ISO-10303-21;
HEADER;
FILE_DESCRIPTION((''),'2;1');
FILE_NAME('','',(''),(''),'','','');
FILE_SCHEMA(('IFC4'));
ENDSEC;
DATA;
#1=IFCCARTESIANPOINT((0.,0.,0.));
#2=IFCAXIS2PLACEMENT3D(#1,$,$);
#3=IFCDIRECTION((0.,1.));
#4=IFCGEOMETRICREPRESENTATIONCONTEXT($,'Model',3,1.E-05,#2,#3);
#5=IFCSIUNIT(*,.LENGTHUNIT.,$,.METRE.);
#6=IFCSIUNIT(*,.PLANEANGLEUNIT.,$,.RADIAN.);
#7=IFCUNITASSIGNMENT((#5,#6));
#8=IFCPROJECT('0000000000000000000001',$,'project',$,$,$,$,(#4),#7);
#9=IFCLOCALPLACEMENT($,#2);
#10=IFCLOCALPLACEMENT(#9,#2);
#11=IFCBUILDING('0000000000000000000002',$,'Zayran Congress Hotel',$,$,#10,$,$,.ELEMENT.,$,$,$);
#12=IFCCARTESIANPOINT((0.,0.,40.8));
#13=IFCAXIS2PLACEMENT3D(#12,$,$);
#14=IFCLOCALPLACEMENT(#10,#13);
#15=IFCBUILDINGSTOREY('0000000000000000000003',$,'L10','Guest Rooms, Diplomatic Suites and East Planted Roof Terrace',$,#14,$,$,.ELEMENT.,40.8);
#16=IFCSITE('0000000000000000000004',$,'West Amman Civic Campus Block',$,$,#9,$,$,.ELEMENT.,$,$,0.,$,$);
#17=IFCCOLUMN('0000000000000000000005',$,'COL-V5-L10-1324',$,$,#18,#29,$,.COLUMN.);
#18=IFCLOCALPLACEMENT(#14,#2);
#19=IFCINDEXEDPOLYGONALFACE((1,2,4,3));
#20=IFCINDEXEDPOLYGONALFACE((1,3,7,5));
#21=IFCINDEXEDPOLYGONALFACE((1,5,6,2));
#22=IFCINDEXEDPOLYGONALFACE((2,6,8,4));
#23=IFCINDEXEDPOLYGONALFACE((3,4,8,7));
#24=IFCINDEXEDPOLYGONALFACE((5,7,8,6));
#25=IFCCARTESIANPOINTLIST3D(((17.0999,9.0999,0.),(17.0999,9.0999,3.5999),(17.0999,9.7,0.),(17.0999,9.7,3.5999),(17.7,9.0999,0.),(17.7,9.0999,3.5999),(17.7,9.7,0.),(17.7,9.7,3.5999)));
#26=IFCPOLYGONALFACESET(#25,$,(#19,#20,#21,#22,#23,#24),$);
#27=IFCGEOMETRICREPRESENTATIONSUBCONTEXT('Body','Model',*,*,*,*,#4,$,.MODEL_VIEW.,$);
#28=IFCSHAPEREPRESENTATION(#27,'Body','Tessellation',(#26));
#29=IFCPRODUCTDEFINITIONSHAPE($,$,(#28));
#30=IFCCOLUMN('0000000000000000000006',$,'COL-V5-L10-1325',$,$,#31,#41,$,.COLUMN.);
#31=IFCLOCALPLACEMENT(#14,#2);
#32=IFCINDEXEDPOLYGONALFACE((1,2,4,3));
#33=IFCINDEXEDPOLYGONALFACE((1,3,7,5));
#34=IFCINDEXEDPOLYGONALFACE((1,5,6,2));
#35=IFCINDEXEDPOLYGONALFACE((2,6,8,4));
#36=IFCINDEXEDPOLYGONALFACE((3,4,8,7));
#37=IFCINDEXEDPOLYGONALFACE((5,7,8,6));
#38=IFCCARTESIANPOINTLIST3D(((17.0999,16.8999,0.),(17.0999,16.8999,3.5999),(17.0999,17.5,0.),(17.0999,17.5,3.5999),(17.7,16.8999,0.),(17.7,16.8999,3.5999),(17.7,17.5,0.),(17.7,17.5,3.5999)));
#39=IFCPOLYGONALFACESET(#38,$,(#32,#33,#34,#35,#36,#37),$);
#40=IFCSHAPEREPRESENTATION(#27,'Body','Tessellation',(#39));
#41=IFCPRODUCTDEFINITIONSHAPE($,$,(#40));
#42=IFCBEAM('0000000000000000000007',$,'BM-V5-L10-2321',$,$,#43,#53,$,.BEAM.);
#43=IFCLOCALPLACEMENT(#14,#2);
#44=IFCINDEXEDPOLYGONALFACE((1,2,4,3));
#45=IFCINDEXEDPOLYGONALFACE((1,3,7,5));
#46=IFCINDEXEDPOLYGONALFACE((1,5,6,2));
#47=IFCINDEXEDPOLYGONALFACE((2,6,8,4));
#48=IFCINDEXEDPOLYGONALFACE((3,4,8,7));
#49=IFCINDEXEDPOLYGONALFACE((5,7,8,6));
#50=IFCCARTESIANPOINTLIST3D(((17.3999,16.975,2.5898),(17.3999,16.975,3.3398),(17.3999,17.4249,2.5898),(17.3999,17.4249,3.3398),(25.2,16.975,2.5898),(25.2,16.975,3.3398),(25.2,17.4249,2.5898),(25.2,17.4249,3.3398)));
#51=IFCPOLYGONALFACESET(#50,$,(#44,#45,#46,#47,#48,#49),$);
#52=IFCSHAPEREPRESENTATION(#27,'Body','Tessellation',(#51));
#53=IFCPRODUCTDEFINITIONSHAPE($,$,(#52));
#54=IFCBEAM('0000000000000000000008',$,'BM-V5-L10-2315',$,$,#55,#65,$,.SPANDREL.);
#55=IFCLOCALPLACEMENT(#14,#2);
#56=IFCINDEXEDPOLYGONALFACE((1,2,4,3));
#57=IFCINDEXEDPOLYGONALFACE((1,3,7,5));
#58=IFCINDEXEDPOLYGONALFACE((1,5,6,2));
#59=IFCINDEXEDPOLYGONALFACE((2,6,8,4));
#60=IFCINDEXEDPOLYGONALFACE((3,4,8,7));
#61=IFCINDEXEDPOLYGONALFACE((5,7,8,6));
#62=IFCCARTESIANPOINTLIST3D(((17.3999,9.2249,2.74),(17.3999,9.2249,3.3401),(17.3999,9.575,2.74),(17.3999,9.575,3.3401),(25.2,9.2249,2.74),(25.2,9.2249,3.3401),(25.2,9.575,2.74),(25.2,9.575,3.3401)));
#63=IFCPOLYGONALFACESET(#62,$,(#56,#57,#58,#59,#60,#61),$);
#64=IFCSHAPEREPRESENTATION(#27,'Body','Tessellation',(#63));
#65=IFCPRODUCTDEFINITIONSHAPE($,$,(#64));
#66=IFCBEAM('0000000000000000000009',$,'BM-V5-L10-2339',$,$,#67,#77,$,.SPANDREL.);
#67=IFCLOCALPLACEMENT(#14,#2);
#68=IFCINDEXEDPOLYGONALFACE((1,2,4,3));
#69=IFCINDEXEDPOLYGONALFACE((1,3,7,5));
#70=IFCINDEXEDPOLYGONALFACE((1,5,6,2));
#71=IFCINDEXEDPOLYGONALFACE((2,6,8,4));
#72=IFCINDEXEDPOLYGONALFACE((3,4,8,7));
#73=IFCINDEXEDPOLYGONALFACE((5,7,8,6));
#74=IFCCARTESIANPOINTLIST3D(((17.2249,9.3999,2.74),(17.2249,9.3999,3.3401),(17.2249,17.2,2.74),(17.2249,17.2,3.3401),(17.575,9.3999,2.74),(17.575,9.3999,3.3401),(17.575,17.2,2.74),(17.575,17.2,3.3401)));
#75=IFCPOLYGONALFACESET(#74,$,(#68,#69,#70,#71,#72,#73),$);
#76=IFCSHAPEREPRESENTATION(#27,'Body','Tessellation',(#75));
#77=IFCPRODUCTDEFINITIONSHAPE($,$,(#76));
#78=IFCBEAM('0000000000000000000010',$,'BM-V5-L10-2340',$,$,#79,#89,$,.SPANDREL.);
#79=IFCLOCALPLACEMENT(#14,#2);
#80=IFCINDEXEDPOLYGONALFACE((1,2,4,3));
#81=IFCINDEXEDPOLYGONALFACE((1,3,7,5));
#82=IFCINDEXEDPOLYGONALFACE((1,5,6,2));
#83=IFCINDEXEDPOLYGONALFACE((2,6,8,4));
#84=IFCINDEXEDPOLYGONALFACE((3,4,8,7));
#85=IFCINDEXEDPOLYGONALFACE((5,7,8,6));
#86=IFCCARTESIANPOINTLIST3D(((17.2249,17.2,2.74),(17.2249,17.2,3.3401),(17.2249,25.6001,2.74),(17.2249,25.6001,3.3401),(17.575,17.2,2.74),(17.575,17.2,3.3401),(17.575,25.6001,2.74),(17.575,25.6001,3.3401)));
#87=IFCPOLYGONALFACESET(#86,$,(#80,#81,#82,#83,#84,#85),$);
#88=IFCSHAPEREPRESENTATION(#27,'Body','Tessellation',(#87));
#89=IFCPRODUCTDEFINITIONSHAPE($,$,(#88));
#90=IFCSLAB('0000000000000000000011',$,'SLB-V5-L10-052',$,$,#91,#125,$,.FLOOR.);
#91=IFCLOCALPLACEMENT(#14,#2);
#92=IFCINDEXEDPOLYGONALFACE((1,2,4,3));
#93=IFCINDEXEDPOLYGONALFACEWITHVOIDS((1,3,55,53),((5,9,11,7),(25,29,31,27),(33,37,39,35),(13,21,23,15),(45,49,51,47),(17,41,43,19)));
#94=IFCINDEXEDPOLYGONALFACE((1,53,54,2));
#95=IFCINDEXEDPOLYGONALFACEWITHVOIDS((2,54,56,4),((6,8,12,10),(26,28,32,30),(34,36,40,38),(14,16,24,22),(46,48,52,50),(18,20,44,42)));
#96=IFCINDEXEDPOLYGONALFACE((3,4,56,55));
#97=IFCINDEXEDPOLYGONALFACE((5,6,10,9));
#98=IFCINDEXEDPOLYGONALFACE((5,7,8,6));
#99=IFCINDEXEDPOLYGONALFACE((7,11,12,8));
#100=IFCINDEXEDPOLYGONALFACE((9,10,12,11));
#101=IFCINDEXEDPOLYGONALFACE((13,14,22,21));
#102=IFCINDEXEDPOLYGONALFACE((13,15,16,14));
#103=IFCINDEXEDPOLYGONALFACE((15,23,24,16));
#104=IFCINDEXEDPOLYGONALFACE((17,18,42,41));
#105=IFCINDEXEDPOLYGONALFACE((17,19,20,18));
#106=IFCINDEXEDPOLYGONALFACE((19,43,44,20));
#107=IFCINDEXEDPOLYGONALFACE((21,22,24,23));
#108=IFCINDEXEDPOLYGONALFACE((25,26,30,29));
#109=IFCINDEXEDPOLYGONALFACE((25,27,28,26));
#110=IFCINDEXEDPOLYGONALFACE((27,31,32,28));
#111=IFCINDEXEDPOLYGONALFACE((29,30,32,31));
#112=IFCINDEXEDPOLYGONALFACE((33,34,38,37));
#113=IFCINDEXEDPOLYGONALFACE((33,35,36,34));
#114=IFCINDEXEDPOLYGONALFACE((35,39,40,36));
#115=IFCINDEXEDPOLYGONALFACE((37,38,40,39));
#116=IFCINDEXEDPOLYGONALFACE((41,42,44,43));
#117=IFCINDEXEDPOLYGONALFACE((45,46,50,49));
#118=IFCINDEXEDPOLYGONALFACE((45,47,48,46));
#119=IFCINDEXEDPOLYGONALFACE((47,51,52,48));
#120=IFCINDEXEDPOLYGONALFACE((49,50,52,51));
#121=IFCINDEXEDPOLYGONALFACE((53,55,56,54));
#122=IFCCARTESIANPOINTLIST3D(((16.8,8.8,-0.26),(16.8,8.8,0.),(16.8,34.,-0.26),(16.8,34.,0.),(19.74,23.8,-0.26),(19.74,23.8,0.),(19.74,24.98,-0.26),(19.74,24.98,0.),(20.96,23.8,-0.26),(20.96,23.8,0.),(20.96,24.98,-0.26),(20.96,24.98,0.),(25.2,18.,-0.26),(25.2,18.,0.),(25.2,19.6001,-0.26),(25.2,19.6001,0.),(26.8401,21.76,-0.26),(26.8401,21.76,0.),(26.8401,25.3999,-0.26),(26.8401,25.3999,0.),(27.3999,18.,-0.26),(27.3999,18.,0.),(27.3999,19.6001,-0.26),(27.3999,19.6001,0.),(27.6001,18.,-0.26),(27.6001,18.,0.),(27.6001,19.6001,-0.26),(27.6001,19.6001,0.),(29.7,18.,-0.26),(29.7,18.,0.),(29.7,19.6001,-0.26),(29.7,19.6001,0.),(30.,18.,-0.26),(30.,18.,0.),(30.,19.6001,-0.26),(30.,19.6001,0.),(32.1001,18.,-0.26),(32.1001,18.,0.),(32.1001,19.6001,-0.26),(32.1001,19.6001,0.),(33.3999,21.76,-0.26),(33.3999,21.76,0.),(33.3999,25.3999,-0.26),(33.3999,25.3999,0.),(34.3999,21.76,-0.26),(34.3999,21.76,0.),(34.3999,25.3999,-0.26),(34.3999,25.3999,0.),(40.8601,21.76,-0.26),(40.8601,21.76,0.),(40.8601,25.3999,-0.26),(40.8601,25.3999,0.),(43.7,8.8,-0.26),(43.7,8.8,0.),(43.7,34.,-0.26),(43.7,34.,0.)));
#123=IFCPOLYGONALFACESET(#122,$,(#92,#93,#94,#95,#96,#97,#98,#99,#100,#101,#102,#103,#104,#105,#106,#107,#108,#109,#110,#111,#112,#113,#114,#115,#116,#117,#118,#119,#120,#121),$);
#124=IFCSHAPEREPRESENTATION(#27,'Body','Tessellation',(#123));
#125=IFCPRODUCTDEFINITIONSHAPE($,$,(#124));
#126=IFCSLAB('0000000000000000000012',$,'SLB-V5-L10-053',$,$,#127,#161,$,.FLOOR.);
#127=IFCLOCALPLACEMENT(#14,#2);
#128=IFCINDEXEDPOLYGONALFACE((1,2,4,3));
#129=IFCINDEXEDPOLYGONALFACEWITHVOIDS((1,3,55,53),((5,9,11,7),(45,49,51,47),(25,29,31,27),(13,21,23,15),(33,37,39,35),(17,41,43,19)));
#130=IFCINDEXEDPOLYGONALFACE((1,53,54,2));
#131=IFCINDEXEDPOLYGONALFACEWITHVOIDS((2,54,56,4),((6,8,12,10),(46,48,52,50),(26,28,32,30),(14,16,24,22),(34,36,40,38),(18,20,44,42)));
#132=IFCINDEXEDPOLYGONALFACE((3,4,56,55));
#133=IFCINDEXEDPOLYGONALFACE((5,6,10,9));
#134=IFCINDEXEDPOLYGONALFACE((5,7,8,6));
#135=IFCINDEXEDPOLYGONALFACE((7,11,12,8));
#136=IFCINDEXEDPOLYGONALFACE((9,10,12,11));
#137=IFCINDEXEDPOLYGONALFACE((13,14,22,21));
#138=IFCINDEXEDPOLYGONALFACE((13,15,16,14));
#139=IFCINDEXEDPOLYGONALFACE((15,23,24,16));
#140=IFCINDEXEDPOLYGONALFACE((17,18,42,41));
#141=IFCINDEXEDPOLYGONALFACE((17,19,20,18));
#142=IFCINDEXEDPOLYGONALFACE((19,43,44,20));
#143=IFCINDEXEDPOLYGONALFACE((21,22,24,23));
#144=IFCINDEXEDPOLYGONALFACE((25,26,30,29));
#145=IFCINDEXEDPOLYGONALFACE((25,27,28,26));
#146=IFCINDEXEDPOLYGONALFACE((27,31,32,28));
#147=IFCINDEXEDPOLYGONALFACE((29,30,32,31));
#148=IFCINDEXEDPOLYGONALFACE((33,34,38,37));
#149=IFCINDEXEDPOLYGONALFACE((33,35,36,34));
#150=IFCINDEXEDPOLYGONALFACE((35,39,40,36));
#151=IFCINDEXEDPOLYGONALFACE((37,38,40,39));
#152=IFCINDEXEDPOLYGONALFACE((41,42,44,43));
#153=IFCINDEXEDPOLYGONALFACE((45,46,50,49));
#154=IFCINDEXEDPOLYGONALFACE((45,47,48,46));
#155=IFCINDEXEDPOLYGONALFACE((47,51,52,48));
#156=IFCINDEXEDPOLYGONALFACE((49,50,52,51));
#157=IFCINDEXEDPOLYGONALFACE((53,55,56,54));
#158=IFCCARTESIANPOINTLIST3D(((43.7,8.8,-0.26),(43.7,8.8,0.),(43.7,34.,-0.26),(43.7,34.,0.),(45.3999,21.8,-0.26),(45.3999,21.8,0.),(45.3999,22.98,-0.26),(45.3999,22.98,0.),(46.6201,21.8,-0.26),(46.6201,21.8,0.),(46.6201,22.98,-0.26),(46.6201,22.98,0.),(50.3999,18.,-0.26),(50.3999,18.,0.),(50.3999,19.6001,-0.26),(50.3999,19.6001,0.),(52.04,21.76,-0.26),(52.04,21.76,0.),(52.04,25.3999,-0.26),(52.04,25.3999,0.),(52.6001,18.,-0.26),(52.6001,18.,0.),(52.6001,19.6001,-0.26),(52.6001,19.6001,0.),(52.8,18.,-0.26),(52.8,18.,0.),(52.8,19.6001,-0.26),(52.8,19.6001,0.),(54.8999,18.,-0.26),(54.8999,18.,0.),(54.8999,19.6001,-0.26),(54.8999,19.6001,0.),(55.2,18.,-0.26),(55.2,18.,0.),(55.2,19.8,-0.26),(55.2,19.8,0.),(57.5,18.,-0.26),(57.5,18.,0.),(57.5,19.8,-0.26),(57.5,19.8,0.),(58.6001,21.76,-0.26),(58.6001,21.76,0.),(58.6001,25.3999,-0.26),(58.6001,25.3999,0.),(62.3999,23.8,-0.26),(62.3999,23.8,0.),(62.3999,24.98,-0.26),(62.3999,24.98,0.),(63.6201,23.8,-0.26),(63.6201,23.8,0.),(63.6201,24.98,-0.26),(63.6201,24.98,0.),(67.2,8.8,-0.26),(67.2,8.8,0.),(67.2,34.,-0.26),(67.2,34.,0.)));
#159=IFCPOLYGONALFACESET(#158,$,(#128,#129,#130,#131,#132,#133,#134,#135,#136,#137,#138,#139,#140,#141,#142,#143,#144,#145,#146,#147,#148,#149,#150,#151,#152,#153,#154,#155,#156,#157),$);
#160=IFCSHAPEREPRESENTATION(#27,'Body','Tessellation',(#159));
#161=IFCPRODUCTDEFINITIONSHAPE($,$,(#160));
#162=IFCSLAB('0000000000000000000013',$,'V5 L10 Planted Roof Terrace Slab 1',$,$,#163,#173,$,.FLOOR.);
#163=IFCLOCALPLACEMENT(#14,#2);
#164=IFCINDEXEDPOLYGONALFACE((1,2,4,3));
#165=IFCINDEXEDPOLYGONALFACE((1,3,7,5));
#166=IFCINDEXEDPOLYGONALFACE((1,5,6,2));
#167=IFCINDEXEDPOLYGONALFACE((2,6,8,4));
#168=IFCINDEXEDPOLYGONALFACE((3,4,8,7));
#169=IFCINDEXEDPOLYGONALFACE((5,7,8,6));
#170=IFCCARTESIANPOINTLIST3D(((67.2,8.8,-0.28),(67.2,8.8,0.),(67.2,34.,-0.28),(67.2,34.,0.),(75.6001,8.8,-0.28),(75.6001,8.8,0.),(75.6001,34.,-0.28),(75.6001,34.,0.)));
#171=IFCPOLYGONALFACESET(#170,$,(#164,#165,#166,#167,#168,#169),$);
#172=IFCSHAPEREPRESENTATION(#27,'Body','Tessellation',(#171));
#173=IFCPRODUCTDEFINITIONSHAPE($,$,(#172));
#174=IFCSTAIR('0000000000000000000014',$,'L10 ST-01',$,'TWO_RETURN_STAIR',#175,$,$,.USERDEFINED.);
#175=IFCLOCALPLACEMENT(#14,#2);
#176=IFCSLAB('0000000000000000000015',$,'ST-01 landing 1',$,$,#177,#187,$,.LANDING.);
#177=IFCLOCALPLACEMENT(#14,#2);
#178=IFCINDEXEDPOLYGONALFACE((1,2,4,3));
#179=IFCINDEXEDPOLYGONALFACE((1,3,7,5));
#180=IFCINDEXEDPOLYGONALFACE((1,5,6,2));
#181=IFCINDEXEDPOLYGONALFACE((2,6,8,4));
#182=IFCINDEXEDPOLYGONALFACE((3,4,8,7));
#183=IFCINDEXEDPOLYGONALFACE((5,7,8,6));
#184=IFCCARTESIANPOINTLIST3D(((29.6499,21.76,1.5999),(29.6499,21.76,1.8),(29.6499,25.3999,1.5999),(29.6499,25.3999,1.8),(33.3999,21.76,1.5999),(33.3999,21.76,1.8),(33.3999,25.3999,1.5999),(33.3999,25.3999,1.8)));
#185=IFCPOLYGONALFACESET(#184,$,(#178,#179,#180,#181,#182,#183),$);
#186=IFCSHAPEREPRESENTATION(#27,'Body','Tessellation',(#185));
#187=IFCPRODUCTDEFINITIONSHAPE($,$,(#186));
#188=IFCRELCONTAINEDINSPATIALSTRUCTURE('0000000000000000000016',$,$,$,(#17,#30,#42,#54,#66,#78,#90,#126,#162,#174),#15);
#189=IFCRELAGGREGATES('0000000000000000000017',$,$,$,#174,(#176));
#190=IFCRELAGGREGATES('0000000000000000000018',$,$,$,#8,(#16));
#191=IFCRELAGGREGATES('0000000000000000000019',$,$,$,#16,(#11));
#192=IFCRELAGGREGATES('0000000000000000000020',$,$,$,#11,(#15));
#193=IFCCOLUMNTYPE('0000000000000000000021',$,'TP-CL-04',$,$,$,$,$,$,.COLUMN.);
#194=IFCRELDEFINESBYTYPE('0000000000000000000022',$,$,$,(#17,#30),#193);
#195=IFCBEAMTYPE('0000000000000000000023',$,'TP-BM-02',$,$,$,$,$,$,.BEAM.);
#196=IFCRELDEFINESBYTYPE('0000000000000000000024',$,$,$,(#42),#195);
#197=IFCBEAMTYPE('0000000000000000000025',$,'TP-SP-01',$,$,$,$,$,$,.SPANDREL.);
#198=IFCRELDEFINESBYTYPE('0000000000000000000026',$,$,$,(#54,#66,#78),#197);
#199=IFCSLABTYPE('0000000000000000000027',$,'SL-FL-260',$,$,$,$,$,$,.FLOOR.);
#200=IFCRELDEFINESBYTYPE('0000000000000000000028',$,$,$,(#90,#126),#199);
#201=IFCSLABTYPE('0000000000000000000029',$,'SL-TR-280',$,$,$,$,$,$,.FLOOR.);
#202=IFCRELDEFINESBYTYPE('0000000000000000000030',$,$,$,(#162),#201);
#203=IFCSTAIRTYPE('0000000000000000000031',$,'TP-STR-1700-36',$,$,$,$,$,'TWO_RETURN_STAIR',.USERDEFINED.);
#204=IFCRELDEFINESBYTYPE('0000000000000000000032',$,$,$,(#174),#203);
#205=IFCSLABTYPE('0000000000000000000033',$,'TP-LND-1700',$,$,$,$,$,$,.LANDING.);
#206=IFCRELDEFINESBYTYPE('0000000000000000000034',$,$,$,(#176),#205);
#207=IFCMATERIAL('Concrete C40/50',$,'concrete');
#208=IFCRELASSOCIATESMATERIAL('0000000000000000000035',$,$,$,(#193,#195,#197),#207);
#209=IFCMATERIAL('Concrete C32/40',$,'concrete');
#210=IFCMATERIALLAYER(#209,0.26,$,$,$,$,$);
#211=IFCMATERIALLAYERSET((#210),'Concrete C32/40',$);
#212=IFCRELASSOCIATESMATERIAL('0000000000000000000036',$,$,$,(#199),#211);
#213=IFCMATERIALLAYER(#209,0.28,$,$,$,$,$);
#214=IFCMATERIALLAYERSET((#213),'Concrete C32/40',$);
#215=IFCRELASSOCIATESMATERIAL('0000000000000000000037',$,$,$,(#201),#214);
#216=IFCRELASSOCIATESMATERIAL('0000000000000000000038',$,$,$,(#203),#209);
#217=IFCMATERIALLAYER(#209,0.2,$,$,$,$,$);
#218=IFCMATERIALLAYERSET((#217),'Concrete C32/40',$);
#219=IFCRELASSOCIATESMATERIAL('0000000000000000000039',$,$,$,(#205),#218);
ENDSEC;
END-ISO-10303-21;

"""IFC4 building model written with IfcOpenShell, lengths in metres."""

from ifc_helpers import new_model, si_unit, direction, frame, origin, origin_2d, place, context, subcontext, project, spatial, polyline, rectangle, outline, extrude, material, layer, layer_set, material_profile, profile_set, type_object, element, aggregate, save


model = new_model("IFC4")

# Units and contexts
model_context = context("Model", 3, precision=1e-05, world=origin(), true_north=direction((0.0, 1.0)))
body_context = subcontext(model_context, "Body", "Model", "MODEL_VIEW")
ifc_project = project(units=[si_unit("LENGTHUNIT", "METRE"), si_unit("PLANEANGLEUNIT", "RADIAN")], contexts=[model_context])

# Site, building, storey
site_placement = place(None, origin())
site = spatial("IfcSite", under=ifc_project, at=site_placement, Name="West Amman Civic Campus Block", CompositionType="ELEMENT", RefElevation=0.0)
building_placement = place(site_placement, origin())
building = spatial("IfcBuilding", under=site, at=building_placement, Name="Zayran Congress Hotel", CompositionType="ELEMENT")
storey_placement = place(building_placement, frame((0.0, 0.0, 40.8)))
storey = spatial("IfcBuildingStorey", under=building, at=storey_placement, Name="L10", Description="Guest Rooms, Diplomatic Suites and East Planted Roof Terrace", CompositionType="ELEMENT", Elevation=40.8)

# Columns
ifc_material_1 = material(Name="Concrete C40/50", Category="concrete")
ifc_material_profile_1 = material_profile(ifc_material_1, rectangle(XDim=0.6001, YDim=0.6001, at=origin_2d()), Name="RC 600x600")
ifc_profile_set_1 = profile_set([ifc_material_profile_1], Name="Concrete C40/50")
column_type = type_object("IfcColumnType", Name="TP-CL-04", PredefinedType="COLUMN", material=ifc_profile_set_1)
for number, where, z_axis, x_axis, name in (
    (1, (17.3999, 9.3999, 0.0), (0.0, 0.0, 1.0), (1.0, 0.0, 0.0), "COL-V5-L10-1324"),
    (2, (17.3999, 17.2, 0.0), (0.0, 0.0, 1.0), (1.0, 0.0, 0.0), "COL-V5-L10-1325"),
):
    element("IfcColumn", number, at=place(storey_placement, frame(where, z_axis=z_axis, x_axis=x_axis)), inside=storey, type_object=column_type, Name=name, PredefinedType="COLUMN", context=body_context, shape_type="SweptSolid", body=[
        extrude(rectangle(XDim=0.6001, YDim=0.6001, at=origin_2d()), origin(), (0.0, 0.0, 1.0), 3.5999),
    ])

# Beams
ifc_material_profile_2 = material_profile(ifc_material_1, rectangle(XDim=0.45, YDim=0.75, at=origin_2d()), Name="RC 450x750")
ifc_profile_set_2 = profile_set([ifc_material_profile_2], Name="Concrete C40/50")
beam_type_1 = type_object("IfcBeamType", Name="TP-BM-02", PredefinedType="BEAM", material=ifc_profile_set_2)
beam_1_placement = place(storey_placement, frame((17.3999, 17.2, 2.9648), z_axis=(1.0, 0.0, 0.0), x_axis=(0.0, 1.0, 0.0)))
element("IfcBeam", 3, at=beam_1_placement, inside=storey, type_object=beam_type_1, Name="BM-V5-L10-2321", PredefinedType="BEAM", context=body_context, shape_type="SweptSolid", body=[
    extrude(rectangle(XDim=0.45, YDim=0.75, at=origin_2d()), origin(), (0.0, 0.0, 1.0), 7.8),
])
ifc_material_profile_3 = material_profile(ifc_material_1, rectangle(XDim=0.3501, YDim=0.6001, at=origin_2d()), Name="RC 350x600")
ifc_profile_set_3 = profile_set([ifc_material_profile_3], Name="Concrete C40/50")
beam_type_2 = type_object("IfcBeamType", Name="TP-SP-01", PredefinedType="SPANDREL", material=ifc_profile_set_3)
for number, where, z_axis, x_axis, name in (
    (4, (17.3999, 9.3999, 3.04), (1.0, 0.0, 0.0), (0.0, 1.0, 0.0), "BM-V5-L10-2315"),
    (5, (17.3999, 9.3999, 3.04), (0.0, 1.0, 0.0), (-1.0, 0.0, 0.0), "BM-V5-L10-2339"),
):
    element("IfcBeam", number, at=place(storey_placement, frame(where, z_axis=z_axis, x_axis=x_axis)), inside=storey, type_object=beam_type_2, Name=name, PredefinedType="SPANDREL", context=body_context, shape_type="SweptSolid", body=[
        extrude(rectangle(XDim=0.3501, YDim=0.6001, at=origin_2d()), origin(), (0.0, 0.0, 1.0), 7.8),
    ])
beam_2_placement = place(storey_placement, frame((17.3999, 17.2, 3.04), z_axis=(0.0, 1.0, 0.0), x_axis=(-1.0, 0.0, 0.0)))
element("IfcBeam", 6, at=beam_2_placement, inside=storey, type_object=beam_type_2, Name="BM-V5-L10-2340", PredefinedType="SPANDREL", context=body_context, shape_type="SweptSolid", body=[
    extrude(rectangle(XDim=0.3501, YDim=0.6001, at=origin_2d()), origin(), (0.0, 0.0, 1.0), 8.4001),
])

# Slabs
ifc_material_2 = material(Name="Concrete C32/40", Category="concrete")
ifc_layer_1 = layer(ifc_material_2, 0.26)
ifc_layer_set_1 = layer_set([ifc_layer_1], Name="Concrete C32/40")
slab_type_1 = type_object("IfcSlabType", Name="SL-FL-260", PredefinedType="FLOOR", material=ifc_layer_set_1)
slab_1_placement = place(storey_placement, frame((0.0, 0.0, -0.26)))
element("IfcSlab", 7, at=slab_1_placement, inside=storey, type_object=slab_type_1, Name="SLB-V5-L10-052", PredefinedType="FLOOR", context=body_context, shape_type="SweptSolid", body=[
    extrude(outline(polyline([(16.8, 8.8), (43.7, 8.8), (43.7, 34.0), (16.8, 34.0), (16.8, 8.8)]), holes=[polyline([(26.8401, 21.76), (33.3999, 21.76), (33.3999, 25.3999), (26.8401, 25.3999), (26.8401, 21.76)]), polyline([(25.2, 18.0), (27.3999, 18.0), (27.3999, 19.6001), (25.2, 19.6001), (25.2, 18.0)]), polyline([(27.6001, 18.0), (29.7, 18.0), (29.7, 19.6001), (27.6001, 19.6001), (27.6001, 18.0)]), polyline([(30.0, 18.0), (32.1001, 18.0), (32.1001, 19.6001), (30.0, 19.6001), (30.0, 18.0)]), polyline([(34.3999, 21.76), (40.8601, 21.76), (40.8601, 25.3999), (34.3999, 25.3999), (34.3999, 21.76)]), polyline([(19.74, 23.8), (20.96, 23.8), (20.96, 24.98), (19.74, 24.98), (19.74, 23.8)])]), origin(), (0.0, 0.0, 1.0), 0.26),
])
slab_2_placement = place(storey_placement, frame((0.0, 0.0, -0.26)))
element("IfcSlab", 8, at=slab_2_placement, inside=storey, type_object=slab_type_1, Name="SLB-V5-L10-053", PredefinedType="FLOOR", context=body_context, shape_type="SweptSolid", body=[
    extrude(outline(polyline([(43.7, 8.8), (67.2, 8.8), (67.2, 34.0), (43.7, 34.0), (43.7, 8.8)]), holes=[polyline([(52.04, 21.76), (58.6001, 21.76), (58.6001, 25.3999), (52.04, 25.3999), (52.04, 21.76)]), polyline([(50.3999, 18.0), (52.6001, 18.0), (52.6001, 19.6001), (50.3999, 19.6001), (50.3999, 18.0)]), polyline([(52.8, 18.0), (54.8999, 18.0), (54.8999, 19.6001), (52.8, 19.6001), (52.8, 18.0)]), polyline([(55.2, 18.0), (57.5, 18.0), (57.5, 19.8), (55.2, 19.8), (55.2, 18.0)]), polyline([(45.3999, 21.8), (46.6201, 21.8), (46.6201, 22.98), (45.3999, 22.98), (45.3999, 21.8)]), polyline([(62.3999, 23.8), (63.6201, 23.8), (63.6201, 24.98), (62.3999, 24.98), (62.3999, 23.8)])]), origin(), (0.0, 0.0, 1.0), 0.26),
])
ifc_layer_2 = layer(ifc_material_2, 0.28)
ifc_layer_set_2 = layer_set([ifc_layer_2], Name="Concrete C32/40")
slab_type_2 = type_object("IfcSlabType", Name="SL-TR-280", PredefinedType="FLOOR", material=ifc_layer_set_2)
slab_3_placement = place(storey_placement, frame((0.0, 0.0, -0.28)))
element("IfcSlab", 9, at=slab_3_placement, inside=storey, type_object=slab_type_2, Name="V5 L10 Planted Roof Terrace Slab 1", PredefinedType="FLOOR", context=body_context, shape_type="SweptSolid", body=[
    extrude(outline(polyline([(67.2, 8.8), (75.6001, 8.8), (75.6001, 34.0), (67.2, 34.0), (67.2, 8.8)])), origin(), (0.0, 0.0, 1.0), 0.28),
])

# Stair, slab
stair_type = type_object("IfcStairType", Name="TP-STR-1700-36", ElementType="TWO_RETURN_STAIR", PredefinedType="USERDEFINED", material=ifc_material_2)
stair_1_placement = place(storey_placement, origin())
stair_1 = element("IfcStair", 10, at=stair_1_placement, inside=storey, type_object=stair_type, Name="L10 ST-01", ObjectType="TWO_RETURN_STAIR", PredefinedType="USERDEFINED")
ifc_layer_3 = layer(ifc_material_2, 0.2)
ifc_layer_set_3 = layer_set([ifc_layer_3], Name="Concrete C32/40")
slab_type_3 = type_object("IfcSlabType", Name="TP-LND-1700", PredefinedType="LANDING", material=ifc_layer_set_3)
slab_4_placement = place(storey_placement, frame((0.0, 0.0, 1.5999)))
slab_4 = element("IfcSlab", 11, at=slab_4_placement, type_object=slab_type_3, Name="ST-01 landing 1", PredefinedType="LANDING", context=body_context, shape_type="SweptSolid", body=[
    extrude(outline(polyline([(29.6499, 21.76), (33.3999, 21.76), (33.3999, 25.3999), (29.6499, 25.3999), (29.6499, 21.76)])), origin(), (0.0, 0.0, 1.0), 0.2002),
])
aggregate(stair_1, [slab_4])

save(model, "model.ifc")
